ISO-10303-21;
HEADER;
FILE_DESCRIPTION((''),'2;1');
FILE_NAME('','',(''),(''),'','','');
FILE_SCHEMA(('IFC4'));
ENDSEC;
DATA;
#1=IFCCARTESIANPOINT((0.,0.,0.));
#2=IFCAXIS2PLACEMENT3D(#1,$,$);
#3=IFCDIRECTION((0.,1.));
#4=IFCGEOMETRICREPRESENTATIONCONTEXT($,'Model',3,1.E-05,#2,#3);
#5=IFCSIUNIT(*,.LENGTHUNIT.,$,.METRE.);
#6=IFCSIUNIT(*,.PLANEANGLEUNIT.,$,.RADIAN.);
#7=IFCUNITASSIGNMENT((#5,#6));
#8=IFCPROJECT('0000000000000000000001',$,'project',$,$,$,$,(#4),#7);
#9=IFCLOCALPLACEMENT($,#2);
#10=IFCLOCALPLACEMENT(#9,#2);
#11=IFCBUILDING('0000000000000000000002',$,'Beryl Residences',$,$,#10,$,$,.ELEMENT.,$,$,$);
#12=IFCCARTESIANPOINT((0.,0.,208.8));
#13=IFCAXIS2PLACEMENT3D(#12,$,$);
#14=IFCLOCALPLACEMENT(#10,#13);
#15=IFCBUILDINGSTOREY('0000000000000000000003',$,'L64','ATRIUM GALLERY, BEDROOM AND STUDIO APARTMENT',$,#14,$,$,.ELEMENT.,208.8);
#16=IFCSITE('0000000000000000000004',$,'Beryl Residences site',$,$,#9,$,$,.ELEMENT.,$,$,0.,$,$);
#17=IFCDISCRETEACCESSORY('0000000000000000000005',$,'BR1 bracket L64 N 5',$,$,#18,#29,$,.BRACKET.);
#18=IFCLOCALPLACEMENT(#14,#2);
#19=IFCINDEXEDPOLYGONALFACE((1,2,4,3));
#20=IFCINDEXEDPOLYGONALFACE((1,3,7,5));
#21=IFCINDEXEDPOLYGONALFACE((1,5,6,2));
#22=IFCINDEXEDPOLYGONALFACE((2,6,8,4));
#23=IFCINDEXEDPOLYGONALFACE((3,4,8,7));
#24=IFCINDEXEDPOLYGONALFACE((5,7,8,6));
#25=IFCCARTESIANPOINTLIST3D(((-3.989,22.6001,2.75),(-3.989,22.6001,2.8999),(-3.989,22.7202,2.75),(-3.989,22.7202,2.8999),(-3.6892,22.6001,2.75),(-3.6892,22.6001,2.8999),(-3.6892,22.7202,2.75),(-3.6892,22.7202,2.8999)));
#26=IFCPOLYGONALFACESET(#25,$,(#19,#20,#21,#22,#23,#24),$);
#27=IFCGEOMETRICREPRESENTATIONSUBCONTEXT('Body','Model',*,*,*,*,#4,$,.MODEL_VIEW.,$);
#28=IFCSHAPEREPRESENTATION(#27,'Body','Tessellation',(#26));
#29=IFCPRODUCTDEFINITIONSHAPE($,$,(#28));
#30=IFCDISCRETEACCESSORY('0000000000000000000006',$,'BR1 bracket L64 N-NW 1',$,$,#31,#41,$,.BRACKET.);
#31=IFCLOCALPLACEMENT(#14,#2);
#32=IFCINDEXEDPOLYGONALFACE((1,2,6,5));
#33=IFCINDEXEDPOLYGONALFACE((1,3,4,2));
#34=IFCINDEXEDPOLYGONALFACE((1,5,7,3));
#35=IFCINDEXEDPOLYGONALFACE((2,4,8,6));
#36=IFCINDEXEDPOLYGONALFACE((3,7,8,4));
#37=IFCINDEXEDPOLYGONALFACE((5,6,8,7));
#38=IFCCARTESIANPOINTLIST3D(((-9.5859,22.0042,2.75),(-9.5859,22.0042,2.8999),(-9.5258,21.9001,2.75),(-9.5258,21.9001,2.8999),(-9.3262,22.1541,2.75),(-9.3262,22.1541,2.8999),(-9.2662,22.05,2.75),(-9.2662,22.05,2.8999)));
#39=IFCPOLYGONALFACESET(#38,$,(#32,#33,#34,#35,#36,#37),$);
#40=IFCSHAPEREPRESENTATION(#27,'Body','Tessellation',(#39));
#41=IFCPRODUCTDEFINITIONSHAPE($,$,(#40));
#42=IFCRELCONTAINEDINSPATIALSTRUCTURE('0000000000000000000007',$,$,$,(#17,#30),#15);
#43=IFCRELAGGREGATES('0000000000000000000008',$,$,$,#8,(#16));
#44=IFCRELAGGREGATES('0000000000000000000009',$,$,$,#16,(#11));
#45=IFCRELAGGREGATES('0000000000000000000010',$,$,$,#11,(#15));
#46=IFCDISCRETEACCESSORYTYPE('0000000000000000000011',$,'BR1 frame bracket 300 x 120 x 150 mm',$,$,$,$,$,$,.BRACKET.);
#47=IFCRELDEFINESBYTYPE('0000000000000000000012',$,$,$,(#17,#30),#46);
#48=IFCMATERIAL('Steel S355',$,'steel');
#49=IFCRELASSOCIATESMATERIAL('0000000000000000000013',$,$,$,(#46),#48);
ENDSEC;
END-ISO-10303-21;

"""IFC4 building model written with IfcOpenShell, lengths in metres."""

from ifc_helpers import new_model, si_unit, direction, frame, origin, place, context, subcontext, project, spatial, polyline, outline, extrude, source, transform, mapped, material, type_object, type_shapes, element, save


model = new_model("IFC4")

# Units and contexts
model_context = context("Model", 3, precision=1e-05, world=origin(), true_north=direction((0.0, 1.0)))
body_context = subcontext(model_context, "Body", "Model", "MODEL_VIEW")
ifc_project = project(units=[si_unit("LENGTHUNIT", "METRE"), si_unit("PLANEANGLEUNIT", "RADIAN")], contexts=[model_context])

# Site, building, storey
site_placement = place(None, origin())
site = spatial("IfcSite", under=ifc_project, at=site_placement, Name="Beryl Residences site", CompositionType="ELEMENT", RefElevation=0.0)
building_placement = place(site_placement, origin())
building = spatial("IfcBuilding", under=site, at=building_placement, Name="Beryl Residences", CompositionType="ELEMENT")
storey_placement = place(building_placement, frame((0.0, 0.0, 208.8)))
storey = spatial("IfcBuildingStorey", under=building, at=storey_placement, Name="L64", Description="ATRIUM GALLERY, BEDROOM AND STUDIO APARTMENT", CompositionType="ELEMENT", Elevation=208.8)

# Discrete accessories
ifc_material_1 = material(Name="Steel S355", Category="steel")
discrete_accessory_type = type_object("IfcDiscreteAccessoryType", Name="BR1 frame bracket 300 x 120 x 150 mm", PredefinedType="BRACKET", material=ifc_material_1)
shared_shape_1 = source(origin(), body_context, "Body", "SweptSolid", [
    extrude(outline(polyline([(-0.1499, 0.0), (0.1499, 0.0), (0.1499, 0.1201), (-0.1499, 0.1201), (-0.1499, 0.0)])), origin(), (0.0, 0.0, 1.0), 0.1499),
])
type_shapes(discrete_accessory_type, [shared_shape_1])
for number, where, z_axis, x_axis, name in (
    (1, (-3.8391, 22.6001, 2.75), (0.0, 0.0, 1.0), (1.0, 0.0, 0.0), "BR1 bracket L64 N 5"),
    (2, (-9.396, 21.9751, 2.75), (0.0, 0.0, 1.0), (0.866025, 0.5, 0.0), "BR1 bracket L64 N-NW 1"),
):
    element("IfcDiscreteAccessory", number, at=place(storey_placement, frame(where, z_axis=z_axis, x_axis=x_axis)), inside=storey, type_object=discrete_accessory_type, Name=name, PredefinedType="BRACKET", context=body_context, shape_type="MappedRepresentation", body=[
        mapped(shared_shape_1, transform((0.0, 0.0, 0.0))),
    ])

save(model, "model.ifc")
